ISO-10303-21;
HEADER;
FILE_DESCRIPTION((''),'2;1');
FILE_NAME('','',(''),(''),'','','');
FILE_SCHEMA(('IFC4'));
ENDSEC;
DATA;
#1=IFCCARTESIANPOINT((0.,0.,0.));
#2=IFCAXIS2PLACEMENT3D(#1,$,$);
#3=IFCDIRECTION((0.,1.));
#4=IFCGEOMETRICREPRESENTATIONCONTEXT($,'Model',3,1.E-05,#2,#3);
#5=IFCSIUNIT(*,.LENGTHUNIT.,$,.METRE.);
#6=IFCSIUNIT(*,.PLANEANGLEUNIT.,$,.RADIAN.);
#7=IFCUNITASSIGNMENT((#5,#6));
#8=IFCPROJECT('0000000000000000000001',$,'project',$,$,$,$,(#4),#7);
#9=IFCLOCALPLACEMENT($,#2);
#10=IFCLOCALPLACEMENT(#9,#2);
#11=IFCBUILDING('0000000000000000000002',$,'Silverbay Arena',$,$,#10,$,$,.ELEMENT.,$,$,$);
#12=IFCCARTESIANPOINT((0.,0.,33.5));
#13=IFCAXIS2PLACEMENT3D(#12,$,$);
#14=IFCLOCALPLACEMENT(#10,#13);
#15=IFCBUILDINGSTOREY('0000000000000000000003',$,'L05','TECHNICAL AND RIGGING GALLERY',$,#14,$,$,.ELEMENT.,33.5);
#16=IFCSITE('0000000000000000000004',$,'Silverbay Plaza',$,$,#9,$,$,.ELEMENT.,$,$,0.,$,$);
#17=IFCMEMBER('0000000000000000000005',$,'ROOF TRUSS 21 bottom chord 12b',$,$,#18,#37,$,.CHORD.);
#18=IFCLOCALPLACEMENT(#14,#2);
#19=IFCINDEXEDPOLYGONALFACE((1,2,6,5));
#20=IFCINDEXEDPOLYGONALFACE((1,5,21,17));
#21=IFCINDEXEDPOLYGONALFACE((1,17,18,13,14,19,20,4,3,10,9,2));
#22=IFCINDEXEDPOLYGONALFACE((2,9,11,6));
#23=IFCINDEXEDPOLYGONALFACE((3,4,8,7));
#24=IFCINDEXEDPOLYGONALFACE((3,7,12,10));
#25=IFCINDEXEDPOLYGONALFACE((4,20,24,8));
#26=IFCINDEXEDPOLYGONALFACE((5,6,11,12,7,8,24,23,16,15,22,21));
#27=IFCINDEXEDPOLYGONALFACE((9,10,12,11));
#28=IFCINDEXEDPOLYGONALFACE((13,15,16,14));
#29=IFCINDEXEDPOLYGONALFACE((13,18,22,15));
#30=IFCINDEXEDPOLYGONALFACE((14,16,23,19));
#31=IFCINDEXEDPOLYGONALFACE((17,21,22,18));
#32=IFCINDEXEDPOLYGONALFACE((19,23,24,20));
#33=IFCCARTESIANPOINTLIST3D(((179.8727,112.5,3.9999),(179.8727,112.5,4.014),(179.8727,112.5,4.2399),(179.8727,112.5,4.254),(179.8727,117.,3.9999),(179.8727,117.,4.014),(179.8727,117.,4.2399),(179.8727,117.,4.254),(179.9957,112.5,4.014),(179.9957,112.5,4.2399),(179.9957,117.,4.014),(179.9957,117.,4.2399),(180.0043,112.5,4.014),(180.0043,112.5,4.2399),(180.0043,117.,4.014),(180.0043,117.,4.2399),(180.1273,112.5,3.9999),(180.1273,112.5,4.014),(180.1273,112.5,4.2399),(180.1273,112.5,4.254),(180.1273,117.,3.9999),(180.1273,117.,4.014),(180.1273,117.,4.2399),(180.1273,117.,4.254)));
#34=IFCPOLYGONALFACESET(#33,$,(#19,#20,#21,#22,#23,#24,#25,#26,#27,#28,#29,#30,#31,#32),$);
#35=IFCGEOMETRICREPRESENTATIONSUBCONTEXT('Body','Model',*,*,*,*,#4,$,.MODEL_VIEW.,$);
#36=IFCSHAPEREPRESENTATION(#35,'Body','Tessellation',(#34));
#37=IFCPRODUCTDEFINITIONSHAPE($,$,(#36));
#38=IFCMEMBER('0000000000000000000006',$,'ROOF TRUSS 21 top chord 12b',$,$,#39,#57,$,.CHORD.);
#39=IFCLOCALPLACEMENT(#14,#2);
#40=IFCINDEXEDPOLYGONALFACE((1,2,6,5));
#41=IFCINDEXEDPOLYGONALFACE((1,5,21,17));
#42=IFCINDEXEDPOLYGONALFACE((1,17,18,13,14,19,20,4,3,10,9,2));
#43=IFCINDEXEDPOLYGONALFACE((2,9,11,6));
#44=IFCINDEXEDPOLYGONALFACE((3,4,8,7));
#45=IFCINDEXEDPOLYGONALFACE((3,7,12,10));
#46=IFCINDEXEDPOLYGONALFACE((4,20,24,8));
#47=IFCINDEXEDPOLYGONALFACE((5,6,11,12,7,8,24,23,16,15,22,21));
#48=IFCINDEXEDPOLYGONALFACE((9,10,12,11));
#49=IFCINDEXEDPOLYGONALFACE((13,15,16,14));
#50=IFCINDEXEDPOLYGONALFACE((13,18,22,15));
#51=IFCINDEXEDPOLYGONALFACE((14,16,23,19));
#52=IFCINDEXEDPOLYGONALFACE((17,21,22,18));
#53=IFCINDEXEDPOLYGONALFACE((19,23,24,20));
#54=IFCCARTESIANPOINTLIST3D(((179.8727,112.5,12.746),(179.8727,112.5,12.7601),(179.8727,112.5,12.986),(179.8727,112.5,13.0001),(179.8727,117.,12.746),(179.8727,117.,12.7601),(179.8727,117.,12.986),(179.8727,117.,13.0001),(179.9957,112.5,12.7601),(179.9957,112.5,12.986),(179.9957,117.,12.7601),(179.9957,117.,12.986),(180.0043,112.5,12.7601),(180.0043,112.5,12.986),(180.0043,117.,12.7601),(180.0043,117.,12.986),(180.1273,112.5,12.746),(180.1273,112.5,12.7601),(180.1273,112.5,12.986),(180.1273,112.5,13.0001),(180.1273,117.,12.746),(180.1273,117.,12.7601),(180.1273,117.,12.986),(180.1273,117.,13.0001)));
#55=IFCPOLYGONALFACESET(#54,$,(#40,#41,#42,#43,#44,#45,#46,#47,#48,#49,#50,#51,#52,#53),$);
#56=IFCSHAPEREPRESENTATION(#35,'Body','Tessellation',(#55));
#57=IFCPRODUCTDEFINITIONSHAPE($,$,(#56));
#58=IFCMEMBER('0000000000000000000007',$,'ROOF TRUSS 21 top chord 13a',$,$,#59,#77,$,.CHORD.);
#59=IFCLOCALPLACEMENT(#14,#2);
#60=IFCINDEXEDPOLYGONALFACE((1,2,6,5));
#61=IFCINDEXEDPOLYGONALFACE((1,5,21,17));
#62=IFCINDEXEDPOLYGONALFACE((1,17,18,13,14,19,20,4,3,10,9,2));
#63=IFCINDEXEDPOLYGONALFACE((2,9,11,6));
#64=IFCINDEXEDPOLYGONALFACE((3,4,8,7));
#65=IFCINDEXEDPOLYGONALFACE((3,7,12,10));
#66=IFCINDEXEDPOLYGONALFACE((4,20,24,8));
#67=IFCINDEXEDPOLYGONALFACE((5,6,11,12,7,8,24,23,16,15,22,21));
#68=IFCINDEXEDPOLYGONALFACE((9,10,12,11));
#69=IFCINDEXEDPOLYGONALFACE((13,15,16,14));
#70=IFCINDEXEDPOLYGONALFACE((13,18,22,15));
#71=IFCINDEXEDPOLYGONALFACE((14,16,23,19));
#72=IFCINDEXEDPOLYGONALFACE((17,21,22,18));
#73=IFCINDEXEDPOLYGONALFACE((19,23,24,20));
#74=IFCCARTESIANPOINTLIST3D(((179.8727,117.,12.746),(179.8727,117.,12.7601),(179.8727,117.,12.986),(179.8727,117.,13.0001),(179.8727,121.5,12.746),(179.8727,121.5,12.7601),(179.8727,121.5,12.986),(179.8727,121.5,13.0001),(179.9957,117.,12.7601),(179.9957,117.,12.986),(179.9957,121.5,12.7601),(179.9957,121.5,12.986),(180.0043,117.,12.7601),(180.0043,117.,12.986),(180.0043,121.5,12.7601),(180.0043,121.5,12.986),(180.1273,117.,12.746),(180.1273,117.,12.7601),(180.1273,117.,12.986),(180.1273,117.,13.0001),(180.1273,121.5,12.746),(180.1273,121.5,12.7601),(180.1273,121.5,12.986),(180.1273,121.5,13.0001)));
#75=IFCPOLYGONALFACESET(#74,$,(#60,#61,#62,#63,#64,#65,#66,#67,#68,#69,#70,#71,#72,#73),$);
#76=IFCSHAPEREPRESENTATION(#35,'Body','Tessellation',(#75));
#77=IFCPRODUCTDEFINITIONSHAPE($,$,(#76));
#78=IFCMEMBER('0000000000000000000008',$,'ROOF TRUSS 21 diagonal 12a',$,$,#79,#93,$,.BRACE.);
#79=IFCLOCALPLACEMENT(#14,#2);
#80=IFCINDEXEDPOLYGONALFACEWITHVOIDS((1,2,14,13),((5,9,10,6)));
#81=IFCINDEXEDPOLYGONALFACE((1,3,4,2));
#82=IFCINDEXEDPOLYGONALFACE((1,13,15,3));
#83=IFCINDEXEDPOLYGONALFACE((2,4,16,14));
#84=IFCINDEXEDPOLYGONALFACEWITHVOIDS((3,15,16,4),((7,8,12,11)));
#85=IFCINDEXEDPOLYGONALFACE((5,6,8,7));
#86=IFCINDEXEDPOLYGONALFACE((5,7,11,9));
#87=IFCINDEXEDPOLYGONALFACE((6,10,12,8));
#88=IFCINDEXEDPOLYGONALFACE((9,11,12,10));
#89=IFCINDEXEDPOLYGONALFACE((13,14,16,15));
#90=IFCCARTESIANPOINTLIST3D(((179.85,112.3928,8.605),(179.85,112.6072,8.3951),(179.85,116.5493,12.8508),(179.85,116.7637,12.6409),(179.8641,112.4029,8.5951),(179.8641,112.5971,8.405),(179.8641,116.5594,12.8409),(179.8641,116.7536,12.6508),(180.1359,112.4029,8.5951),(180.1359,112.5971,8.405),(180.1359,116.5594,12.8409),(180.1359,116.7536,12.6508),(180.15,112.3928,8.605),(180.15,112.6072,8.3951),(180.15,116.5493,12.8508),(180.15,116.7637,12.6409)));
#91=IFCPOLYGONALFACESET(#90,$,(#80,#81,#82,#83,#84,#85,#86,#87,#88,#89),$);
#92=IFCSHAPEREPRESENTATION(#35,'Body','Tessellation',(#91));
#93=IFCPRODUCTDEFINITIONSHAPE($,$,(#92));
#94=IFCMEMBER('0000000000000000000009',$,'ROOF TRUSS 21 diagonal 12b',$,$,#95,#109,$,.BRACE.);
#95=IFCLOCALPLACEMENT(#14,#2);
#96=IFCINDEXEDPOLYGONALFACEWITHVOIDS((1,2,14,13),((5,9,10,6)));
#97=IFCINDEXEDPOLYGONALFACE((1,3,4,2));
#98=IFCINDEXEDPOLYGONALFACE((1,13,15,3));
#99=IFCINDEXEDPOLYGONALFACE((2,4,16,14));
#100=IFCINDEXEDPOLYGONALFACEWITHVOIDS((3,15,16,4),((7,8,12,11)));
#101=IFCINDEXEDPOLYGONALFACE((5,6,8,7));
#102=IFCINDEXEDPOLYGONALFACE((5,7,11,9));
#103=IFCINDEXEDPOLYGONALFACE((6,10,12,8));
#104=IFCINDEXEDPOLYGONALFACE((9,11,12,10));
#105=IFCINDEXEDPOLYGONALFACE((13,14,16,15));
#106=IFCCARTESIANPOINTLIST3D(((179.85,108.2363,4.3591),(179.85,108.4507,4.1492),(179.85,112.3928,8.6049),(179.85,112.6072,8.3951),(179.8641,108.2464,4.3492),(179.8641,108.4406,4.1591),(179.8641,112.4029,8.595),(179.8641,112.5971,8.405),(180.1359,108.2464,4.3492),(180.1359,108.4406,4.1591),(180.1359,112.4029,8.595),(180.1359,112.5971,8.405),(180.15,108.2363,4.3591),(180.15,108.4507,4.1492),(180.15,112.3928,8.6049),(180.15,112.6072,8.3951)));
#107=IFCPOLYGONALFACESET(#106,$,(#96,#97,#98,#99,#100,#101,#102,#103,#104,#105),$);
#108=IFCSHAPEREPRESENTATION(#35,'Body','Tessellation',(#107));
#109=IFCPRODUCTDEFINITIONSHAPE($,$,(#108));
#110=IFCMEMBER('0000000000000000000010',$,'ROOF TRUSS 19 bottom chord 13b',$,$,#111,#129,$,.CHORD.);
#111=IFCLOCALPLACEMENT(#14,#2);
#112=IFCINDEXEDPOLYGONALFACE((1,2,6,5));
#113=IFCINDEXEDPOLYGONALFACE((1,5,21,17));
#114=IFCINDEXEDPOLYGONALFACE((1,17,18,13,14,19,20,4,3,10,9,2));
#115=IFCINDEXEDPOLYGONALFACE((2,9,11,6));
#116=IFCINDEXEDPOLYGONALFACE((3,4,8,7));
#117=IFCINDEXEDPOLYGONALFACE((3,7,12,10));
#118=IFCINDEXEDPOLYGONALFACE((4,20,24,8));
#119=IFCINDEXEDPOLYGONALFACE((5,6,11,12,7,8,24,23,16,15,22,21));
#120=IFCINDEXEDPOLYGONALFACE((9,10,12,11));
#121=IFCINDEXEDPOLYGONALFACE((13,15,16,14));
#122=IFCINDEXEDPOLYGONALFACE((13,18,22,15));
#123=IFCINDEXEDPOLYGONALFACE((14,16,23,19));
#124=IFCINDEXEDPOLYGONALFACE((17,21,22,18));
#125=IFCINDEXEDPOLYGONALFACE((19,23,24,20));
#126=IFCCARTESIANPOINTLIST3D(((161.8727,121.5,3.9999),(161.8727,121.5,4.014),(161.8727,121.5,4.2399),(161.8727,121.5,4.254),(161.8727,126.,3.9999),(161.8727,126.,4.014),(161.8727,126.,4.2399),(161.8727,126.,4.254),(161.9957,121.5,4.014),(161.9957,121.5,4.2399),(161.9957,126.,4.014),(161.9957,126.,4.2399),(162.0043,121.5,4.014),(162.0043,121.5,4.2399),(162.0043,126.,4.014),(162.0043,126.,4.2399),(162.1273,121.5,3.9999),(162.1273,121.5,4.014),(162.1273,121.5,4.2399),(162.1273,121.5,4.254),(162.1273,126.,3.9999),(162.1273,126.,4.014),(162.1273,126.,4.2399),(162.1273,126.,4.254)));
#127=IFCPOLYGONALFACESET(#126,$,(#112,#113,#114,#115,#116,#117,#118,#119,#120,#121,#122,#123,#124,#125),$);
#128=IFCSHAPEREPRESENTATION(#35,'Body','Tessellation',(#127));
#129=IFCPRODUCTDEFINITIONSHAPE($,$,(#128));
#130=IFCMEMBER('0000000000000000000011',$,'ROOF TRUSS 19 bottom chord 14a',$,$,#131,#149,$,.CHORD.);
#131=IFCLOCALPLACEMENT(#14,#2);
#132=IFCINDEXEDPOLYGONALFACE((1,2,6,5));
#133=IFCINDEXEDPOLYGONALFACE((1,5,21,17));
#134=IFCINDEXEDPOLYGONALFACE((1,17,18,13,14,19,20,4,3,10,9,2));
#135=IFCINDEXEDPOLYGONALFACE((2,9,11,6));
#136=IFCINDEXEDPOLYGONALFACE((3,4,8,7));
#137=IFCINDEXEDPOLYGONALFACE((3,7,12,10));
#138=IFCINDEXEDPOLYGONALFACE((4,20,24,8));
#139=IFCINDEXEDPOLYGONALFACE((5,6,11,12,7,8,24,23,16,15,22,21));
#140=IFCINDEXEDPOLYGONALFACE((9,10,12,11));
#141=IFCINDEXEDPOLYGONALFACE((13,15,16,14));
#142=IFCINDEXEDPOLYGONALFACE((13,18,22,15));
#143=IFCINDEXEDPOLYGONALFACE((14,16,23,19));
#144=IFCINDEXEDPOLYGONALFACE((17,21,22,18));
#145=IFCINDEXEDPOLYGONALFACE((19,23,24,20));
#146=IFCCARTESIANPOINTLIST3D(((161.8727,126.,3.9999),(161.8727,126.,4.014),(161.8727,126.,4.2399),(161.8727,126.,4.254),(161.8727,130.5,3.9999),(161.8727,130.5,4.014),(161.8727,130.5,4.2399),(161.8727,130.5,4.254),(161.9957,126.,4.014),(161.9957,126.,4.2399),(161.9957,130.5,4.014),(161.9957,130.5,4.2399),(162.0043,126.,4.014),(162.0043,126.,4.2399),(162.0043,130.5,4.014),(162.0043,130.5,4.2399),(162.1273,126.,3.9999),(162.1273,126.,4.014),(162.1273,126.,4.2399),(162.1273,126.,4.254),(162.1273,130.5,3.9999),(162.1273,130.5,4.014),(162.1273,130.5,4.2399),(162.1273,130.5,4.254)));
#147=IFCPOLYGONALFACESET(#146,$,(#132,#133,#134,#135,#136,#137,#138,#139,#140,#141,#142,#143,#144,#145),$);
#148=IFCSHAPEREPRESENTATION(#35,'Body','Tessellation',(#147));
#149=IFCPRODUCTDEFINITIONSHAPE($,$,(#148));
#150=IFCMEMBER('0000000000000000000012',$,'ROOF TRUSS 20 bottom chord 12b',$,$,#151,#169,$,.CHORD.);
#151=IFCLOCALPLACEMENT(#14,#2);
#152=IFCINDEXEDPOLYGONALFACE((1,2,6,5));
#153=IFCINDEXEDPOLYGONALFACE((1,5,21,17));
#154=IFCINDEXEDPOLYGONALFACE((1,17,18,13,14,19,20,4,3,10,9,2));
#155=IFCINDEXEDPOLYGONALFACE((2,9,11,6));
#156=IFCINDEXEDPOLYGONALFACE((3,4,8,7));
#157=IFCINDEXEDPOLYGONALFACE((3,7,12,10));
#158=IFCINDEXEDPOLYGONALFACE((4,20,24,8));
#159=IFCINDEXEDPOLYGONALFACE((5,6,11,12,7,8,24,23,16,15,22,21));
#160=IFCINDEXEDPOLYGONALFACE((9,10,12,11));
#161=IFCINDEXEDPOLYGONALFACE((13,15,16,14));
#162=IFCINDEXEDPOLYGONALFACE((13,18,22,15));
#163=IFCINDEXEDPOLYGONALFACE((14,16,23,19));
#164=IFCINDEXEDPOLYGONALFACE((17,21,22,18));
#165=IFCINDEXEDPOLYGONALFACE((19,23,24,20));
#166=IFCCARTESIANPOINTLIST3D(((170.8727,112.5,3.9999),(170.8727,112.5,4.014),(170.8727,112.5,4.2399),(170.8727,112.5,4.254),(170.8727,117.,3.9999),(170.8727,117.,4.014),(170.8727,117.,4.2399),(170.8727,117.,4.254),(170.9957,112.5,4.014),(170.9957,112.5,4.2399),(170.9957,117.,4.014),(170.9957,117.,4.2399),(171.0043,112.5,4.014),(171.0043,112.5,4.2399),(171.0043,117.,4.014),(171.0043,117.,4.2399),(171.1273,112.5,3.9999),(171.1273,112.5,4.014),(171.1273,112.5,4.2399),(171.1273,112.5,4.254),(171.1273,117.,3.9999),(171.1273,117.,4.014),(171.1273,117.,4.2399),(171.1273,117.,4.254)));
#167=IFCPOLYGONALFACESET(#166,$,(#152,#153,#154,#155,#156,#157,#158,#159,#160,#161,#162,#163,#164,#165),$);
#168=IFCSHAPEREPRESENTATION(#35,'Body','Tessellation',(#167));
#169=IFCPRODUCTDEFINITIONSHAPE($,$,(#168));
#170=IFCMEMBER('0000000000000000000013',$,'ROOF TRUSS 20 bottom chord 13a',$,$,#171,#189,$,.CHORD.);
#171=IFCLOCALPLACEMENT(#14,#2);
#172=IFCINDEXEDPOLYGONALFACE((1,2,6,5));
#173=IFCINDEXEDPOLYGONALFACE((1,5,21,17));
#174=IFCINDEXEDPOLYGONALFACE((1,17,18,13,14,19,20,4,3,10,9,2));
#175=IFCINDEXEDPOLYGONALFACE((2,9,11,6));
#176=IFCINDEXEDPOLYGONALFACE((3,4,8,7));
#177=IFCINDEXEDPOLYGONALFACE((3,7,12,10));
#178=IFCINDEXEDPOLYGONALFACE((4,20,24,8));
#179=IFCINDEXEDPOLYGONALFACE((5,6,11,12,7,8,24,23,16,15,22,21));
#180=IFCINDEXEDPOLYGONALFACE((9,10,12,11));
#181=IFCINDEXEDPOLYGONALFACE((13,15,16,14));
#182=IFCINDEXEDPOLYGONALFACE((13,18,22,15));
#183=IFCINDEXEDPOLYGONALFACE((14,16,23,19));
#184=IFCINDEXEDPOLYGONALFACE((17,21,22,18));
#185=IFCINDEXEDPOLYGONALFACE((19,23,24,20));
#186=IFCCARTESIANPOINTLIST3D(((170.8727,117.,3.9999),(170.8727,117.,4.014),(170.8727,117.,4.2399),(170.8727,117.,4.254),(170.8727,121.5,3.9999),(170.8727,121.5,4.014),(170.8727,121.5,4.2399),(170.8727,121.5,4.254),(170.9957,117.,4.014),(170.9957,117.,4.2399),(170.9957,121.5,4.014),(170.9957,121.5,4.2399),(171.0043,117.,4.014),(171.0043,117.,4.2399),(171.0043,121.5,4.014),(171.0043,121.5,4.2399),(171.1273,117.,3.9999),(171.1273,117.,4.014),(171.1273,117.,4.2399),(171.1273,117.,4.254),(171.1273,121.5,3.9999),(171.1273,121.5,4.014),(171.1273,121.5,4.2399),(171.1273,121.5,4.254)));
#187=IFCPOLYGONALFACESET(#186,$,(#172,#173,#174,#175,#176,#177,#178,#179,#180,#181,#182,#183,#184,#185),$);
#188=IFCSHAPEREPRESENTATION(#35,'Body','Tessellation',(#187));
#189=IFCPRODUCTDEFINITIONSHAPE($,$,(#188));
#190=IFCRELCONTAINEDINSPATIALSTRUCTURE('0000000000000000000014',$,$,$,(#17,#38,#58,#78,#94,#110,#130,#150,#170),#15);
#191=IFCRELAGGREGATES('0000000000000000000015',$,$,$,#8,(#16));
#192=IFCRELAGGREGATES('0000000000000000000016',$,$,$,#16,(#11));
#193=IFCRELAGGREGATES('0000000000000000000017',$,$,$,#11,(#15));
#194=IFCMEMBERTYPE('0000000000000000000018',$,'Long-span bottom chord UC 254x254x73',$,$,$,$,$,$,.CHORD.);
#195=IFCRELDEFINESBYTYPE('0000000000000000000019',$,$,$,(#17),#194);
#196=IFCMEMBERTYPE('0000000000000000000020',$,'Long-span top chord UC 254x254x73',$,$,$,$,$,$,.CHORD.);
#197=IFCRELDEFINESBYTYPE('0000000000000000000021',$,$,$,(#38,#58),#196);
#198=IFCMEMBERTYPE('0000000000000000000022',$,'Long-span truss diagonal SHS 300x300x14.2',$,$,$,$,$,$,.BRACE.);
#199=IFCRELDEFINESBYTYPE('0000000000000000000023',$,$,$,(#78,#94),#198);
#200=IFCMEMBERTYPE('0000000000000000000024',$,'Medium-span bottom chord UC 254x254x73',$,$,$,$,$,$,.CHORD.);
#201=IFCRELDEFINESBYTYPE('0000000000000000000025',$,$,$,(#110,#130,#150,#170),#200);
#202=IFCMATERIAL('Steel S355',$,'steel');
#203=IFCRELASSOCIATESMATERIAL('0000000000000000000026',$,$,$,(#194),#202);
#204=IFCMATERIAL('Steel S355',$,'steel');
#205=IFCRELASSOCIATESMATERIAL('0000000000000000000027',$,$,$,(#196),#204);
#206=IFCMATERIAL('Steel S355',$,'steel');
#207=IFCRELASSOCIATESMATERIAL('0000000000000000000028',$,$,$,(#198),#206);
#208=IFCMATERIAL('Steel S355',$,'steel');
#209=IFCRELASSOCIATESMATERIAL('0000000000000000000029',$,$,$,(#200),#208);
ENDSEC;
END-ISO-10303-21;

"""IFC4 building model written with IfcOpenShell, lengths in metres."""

from ifc_helpers import new_model, si_unit, direction, frame, origin, origin_2d, place, context, subcontext, project, spatial, hollow_rectangle, i_section, extrude, material, material_profile, profile_set, type_object, element, save


model = new_model("IFC4")

# Units and contexts
model_context = context("Model", 3, precision=1e-05, world=origin(), true_north=direction((0.0, 1.0)))
body_context = subcontext(model_context, "Body", "Model", "MODEL_VIEW")
ifc_project = project(units=[si_unit("LENGTHUNIT", "METRE"), si_unit("PLANEANGLEUNIT", "RADIAN")], contexts=[model_context])

# Site, building, storey
site_placement = place(None, origin())
site = spatial("IfcSite", under=ifc_project, at=site_placement, Name="Silverbay Plaza", CompositionType="ELEMENT", RefElevation=0.0)
building_placement = place(site_placement, origin())
building = spatial("IfcBuilding", under=site, at=building_placement, Name="Silverbay Arena", CompositionType="ELEMENT")
storey_placement = place(building_placement, frame((0.0, 0.0, 33.5)))
storey = spatial("IfcBuildingStorey", under=building, at=storey_placement, Name="L05", Description="TECHNICAL AND RIGGING GALLERY", CompositionType="ELEMENT", Elevation=33.5)

# Members
ifc_material_1 = material(Name="Steel S355", Category="steel")
ifc_material_profile_1 = material_profile(ifc_material_1, i_section(OverallWidth=0.2546, OverallDepth=0.2542, WebThickness=0.0085, FlangeThickness=0.0142, at=origin_2d()), Name="UC 254x254x73")
ifc_profile_set_1 = profile_set([ifc_material_profile_1], Name="Steel S355")
member_type_1 = type_object("IfcMemberType", Name="Long-span bottom chord UC 254x254x73", PredefinedType="CHORD", material=ifc_profile_set_1)
member_1_placement = place(storey_placement, frame((180.0, 112.5, 4.127), z_axis=(0.0, 1.0, 0.0), x_axis=(-1.0, 0.0, 0.0)))
element("IfcMember", 1, at=member_1_placement, inside=storey, type_object=member_type_1, Name="ROOF TRUSS 21 bottom chord 12b", PredefinedType="CHORD", context=body_context, shape_type="SweptSolid", body=[
    extrude(i_section(OverallWidth=0.2546, OverallDepth=0.2542, WebThickness=0.0085, FlangeThickness=0.0142, at=origin_2d()), origin(), (0.0, 0.0, 1.0), 4.5),
])
ifc_material_2 = material(Name="Steel S355", Category="steel")
ifc_material_profile_2 = material_profile(ifc_material_2, i_section(OverallWidth=0.2546, OverallDepth=0.2542, WebThickness=0.0085, FlangeThickness=0.0142, at=origin_2d()), Name="UC 254x254x73")
ifc_profile_set_2 = profile_set([ifc_material_profile_2], Name="Steel S355")
member_type_2 = type_object("IfcMemberType", Name="Long-span top chord UC 254x254x73", PredefinedType="CHORD", material=ifc_profile_set_2)
for number, where, z_axis, x_axis, name in (
    (2, (180.0, 112.5, 12.873), (0.0, 1.0, 0.0), (-1.0, 0.0, 0.0), "ROOF TRUSS 21 top chord 12b"),
    (3, (180.0, 117.0, 12.873), (0.0, 1.0, 0.0), (-1.0, 0.0, 0.0), "ROOF TRUSS 21 top chord 13a"),
):
    element("IfcMember", number, at=place(storey_placement, frame(where, z_axis=z_axis, x_axis=x_axis)), inside=storey, type_object=member_type_2, Name=name, PredefinedType="CHORD", context=body_context, shape_type="SweptSolid", body=[
        extrude(i_section(OverallWidth=0.2546, OverallDepth=0.2542, WebThickness=0.0085, FlangeThickness=0.0142, at=origin_2d()), origin(), (0.0, 0.0, 1.0), 4.5),
    ])
ifc_material_3 = material(Name="Steel S355", Category="steel")
ifc_material_profile_3 = material_profile(ifc_material_3, hollow_rectangle(XDim=0.3, YDim=0.3, WallThickness=0.0142, at=origin_2d()), Name="SHS 300x300x14.2")
ifc_profile_set_3 = profile_set([ifc_material_profile_3], Name="Steel S355")
member_type_3 = type_object("IfcMemberType", Name="Long-span truss diagonal SHS 300x300x14.2", PredefinedType="BRACE", material=ifc_profile_set_3)
for number, where, z_axis, x_axis, name in (
    (4, (180.0, 116.6565, 12.7458), (0.0, -0.699547, -0.714586), (1.0, 0.0, 0.0), "ROOF TRUSS 21 diagonal 12a"),
    (5, (180.0, 112.5, 8.5), (0.0, -0.699547, -0.714586), (1.0, 0.0, 0.0), "ROOF TRUSS 21 diagonal 12b"),
):
    element("IfcMember", number, at=place(storey_placement, frame(where, z_axis=z_axis, x_axis=x_axis)), inside=storey, type_object=member_type_3, Name=name, PredefinedType="BRACE", context=body_context, shape_type="SweptSolid", body=[
        extrude(hollow_rectangle(XDim=0.3, YDim=0.3, WallThickness=0.0142, at=origin_2d()), origin(), (0.0, 0.0, 1.0), 5.9417),
    ])
ifc_material_4 = material(Name="Steel S355", Category="steel")
ifc_material_profile_4 = material_profile(ifc_material_4, i_section(OverallWidth=0.2546, OverallDepth=0.2542, WebThickness=0.0085, FlangeThickness=0.0142, at=origin_2d()), Name="UC 254x254x73")
ifc_profile_set_4 = profile_set([ifc_material_profile_4], Name="Steel S355")
member_type_4 = type_object("IfcMemberType", Name="Medium-span bottom chord UC 254x254x73", PredefinedType="CHORD", material=ifc_profile_set_4)
for number, where, z_axis, x_axis, name in (
    (6, (162.0, 121.5, 4.127), (0.0, 1.0, 0.0), (-1.0, 0.0, 0.0), "ROOF TRUSS 19 bottom chord 13b"),
    (7, (162.0, 126.0, 4.127), (0.0, 1.0, 0.0), (-1.0, 0.0, 0.0), "ROOF TRUSS 19 bottom chord 14a"),
    (8, (171.0, 112.5, 4.127), (0.0, 1.0, 0.0), (-1.0, 0.0, 0.0), "ROOF TRUSS 20 bottom chord 12b"),
    (9, (171.0, 117.0, 4.127), (0.0, 1.0, 0.0), (-1.0, 0.0, 0.0), "ROOF TRUSS 20 bottom chord 13a"),
):
    element("IfcMember", number, at=place(storey_placement, frame(where, z_axis=z_axis, x_axis=x_axis)), inside=storey, type_object=member_type_4, Name=name, PredefinedType="CHORD", context=body_context, shape_type="SweptSolid", body=[
        extrude(i_section(OverallWidth=0.2546, OverallDepth=0.2542, WebThickness=0.0085, FlangeThickness=0.0142, at=origin_2d()), origin(), (0.0, 0.0, 1.0), 4.5),
    ])

save(model, "model.ifc")
